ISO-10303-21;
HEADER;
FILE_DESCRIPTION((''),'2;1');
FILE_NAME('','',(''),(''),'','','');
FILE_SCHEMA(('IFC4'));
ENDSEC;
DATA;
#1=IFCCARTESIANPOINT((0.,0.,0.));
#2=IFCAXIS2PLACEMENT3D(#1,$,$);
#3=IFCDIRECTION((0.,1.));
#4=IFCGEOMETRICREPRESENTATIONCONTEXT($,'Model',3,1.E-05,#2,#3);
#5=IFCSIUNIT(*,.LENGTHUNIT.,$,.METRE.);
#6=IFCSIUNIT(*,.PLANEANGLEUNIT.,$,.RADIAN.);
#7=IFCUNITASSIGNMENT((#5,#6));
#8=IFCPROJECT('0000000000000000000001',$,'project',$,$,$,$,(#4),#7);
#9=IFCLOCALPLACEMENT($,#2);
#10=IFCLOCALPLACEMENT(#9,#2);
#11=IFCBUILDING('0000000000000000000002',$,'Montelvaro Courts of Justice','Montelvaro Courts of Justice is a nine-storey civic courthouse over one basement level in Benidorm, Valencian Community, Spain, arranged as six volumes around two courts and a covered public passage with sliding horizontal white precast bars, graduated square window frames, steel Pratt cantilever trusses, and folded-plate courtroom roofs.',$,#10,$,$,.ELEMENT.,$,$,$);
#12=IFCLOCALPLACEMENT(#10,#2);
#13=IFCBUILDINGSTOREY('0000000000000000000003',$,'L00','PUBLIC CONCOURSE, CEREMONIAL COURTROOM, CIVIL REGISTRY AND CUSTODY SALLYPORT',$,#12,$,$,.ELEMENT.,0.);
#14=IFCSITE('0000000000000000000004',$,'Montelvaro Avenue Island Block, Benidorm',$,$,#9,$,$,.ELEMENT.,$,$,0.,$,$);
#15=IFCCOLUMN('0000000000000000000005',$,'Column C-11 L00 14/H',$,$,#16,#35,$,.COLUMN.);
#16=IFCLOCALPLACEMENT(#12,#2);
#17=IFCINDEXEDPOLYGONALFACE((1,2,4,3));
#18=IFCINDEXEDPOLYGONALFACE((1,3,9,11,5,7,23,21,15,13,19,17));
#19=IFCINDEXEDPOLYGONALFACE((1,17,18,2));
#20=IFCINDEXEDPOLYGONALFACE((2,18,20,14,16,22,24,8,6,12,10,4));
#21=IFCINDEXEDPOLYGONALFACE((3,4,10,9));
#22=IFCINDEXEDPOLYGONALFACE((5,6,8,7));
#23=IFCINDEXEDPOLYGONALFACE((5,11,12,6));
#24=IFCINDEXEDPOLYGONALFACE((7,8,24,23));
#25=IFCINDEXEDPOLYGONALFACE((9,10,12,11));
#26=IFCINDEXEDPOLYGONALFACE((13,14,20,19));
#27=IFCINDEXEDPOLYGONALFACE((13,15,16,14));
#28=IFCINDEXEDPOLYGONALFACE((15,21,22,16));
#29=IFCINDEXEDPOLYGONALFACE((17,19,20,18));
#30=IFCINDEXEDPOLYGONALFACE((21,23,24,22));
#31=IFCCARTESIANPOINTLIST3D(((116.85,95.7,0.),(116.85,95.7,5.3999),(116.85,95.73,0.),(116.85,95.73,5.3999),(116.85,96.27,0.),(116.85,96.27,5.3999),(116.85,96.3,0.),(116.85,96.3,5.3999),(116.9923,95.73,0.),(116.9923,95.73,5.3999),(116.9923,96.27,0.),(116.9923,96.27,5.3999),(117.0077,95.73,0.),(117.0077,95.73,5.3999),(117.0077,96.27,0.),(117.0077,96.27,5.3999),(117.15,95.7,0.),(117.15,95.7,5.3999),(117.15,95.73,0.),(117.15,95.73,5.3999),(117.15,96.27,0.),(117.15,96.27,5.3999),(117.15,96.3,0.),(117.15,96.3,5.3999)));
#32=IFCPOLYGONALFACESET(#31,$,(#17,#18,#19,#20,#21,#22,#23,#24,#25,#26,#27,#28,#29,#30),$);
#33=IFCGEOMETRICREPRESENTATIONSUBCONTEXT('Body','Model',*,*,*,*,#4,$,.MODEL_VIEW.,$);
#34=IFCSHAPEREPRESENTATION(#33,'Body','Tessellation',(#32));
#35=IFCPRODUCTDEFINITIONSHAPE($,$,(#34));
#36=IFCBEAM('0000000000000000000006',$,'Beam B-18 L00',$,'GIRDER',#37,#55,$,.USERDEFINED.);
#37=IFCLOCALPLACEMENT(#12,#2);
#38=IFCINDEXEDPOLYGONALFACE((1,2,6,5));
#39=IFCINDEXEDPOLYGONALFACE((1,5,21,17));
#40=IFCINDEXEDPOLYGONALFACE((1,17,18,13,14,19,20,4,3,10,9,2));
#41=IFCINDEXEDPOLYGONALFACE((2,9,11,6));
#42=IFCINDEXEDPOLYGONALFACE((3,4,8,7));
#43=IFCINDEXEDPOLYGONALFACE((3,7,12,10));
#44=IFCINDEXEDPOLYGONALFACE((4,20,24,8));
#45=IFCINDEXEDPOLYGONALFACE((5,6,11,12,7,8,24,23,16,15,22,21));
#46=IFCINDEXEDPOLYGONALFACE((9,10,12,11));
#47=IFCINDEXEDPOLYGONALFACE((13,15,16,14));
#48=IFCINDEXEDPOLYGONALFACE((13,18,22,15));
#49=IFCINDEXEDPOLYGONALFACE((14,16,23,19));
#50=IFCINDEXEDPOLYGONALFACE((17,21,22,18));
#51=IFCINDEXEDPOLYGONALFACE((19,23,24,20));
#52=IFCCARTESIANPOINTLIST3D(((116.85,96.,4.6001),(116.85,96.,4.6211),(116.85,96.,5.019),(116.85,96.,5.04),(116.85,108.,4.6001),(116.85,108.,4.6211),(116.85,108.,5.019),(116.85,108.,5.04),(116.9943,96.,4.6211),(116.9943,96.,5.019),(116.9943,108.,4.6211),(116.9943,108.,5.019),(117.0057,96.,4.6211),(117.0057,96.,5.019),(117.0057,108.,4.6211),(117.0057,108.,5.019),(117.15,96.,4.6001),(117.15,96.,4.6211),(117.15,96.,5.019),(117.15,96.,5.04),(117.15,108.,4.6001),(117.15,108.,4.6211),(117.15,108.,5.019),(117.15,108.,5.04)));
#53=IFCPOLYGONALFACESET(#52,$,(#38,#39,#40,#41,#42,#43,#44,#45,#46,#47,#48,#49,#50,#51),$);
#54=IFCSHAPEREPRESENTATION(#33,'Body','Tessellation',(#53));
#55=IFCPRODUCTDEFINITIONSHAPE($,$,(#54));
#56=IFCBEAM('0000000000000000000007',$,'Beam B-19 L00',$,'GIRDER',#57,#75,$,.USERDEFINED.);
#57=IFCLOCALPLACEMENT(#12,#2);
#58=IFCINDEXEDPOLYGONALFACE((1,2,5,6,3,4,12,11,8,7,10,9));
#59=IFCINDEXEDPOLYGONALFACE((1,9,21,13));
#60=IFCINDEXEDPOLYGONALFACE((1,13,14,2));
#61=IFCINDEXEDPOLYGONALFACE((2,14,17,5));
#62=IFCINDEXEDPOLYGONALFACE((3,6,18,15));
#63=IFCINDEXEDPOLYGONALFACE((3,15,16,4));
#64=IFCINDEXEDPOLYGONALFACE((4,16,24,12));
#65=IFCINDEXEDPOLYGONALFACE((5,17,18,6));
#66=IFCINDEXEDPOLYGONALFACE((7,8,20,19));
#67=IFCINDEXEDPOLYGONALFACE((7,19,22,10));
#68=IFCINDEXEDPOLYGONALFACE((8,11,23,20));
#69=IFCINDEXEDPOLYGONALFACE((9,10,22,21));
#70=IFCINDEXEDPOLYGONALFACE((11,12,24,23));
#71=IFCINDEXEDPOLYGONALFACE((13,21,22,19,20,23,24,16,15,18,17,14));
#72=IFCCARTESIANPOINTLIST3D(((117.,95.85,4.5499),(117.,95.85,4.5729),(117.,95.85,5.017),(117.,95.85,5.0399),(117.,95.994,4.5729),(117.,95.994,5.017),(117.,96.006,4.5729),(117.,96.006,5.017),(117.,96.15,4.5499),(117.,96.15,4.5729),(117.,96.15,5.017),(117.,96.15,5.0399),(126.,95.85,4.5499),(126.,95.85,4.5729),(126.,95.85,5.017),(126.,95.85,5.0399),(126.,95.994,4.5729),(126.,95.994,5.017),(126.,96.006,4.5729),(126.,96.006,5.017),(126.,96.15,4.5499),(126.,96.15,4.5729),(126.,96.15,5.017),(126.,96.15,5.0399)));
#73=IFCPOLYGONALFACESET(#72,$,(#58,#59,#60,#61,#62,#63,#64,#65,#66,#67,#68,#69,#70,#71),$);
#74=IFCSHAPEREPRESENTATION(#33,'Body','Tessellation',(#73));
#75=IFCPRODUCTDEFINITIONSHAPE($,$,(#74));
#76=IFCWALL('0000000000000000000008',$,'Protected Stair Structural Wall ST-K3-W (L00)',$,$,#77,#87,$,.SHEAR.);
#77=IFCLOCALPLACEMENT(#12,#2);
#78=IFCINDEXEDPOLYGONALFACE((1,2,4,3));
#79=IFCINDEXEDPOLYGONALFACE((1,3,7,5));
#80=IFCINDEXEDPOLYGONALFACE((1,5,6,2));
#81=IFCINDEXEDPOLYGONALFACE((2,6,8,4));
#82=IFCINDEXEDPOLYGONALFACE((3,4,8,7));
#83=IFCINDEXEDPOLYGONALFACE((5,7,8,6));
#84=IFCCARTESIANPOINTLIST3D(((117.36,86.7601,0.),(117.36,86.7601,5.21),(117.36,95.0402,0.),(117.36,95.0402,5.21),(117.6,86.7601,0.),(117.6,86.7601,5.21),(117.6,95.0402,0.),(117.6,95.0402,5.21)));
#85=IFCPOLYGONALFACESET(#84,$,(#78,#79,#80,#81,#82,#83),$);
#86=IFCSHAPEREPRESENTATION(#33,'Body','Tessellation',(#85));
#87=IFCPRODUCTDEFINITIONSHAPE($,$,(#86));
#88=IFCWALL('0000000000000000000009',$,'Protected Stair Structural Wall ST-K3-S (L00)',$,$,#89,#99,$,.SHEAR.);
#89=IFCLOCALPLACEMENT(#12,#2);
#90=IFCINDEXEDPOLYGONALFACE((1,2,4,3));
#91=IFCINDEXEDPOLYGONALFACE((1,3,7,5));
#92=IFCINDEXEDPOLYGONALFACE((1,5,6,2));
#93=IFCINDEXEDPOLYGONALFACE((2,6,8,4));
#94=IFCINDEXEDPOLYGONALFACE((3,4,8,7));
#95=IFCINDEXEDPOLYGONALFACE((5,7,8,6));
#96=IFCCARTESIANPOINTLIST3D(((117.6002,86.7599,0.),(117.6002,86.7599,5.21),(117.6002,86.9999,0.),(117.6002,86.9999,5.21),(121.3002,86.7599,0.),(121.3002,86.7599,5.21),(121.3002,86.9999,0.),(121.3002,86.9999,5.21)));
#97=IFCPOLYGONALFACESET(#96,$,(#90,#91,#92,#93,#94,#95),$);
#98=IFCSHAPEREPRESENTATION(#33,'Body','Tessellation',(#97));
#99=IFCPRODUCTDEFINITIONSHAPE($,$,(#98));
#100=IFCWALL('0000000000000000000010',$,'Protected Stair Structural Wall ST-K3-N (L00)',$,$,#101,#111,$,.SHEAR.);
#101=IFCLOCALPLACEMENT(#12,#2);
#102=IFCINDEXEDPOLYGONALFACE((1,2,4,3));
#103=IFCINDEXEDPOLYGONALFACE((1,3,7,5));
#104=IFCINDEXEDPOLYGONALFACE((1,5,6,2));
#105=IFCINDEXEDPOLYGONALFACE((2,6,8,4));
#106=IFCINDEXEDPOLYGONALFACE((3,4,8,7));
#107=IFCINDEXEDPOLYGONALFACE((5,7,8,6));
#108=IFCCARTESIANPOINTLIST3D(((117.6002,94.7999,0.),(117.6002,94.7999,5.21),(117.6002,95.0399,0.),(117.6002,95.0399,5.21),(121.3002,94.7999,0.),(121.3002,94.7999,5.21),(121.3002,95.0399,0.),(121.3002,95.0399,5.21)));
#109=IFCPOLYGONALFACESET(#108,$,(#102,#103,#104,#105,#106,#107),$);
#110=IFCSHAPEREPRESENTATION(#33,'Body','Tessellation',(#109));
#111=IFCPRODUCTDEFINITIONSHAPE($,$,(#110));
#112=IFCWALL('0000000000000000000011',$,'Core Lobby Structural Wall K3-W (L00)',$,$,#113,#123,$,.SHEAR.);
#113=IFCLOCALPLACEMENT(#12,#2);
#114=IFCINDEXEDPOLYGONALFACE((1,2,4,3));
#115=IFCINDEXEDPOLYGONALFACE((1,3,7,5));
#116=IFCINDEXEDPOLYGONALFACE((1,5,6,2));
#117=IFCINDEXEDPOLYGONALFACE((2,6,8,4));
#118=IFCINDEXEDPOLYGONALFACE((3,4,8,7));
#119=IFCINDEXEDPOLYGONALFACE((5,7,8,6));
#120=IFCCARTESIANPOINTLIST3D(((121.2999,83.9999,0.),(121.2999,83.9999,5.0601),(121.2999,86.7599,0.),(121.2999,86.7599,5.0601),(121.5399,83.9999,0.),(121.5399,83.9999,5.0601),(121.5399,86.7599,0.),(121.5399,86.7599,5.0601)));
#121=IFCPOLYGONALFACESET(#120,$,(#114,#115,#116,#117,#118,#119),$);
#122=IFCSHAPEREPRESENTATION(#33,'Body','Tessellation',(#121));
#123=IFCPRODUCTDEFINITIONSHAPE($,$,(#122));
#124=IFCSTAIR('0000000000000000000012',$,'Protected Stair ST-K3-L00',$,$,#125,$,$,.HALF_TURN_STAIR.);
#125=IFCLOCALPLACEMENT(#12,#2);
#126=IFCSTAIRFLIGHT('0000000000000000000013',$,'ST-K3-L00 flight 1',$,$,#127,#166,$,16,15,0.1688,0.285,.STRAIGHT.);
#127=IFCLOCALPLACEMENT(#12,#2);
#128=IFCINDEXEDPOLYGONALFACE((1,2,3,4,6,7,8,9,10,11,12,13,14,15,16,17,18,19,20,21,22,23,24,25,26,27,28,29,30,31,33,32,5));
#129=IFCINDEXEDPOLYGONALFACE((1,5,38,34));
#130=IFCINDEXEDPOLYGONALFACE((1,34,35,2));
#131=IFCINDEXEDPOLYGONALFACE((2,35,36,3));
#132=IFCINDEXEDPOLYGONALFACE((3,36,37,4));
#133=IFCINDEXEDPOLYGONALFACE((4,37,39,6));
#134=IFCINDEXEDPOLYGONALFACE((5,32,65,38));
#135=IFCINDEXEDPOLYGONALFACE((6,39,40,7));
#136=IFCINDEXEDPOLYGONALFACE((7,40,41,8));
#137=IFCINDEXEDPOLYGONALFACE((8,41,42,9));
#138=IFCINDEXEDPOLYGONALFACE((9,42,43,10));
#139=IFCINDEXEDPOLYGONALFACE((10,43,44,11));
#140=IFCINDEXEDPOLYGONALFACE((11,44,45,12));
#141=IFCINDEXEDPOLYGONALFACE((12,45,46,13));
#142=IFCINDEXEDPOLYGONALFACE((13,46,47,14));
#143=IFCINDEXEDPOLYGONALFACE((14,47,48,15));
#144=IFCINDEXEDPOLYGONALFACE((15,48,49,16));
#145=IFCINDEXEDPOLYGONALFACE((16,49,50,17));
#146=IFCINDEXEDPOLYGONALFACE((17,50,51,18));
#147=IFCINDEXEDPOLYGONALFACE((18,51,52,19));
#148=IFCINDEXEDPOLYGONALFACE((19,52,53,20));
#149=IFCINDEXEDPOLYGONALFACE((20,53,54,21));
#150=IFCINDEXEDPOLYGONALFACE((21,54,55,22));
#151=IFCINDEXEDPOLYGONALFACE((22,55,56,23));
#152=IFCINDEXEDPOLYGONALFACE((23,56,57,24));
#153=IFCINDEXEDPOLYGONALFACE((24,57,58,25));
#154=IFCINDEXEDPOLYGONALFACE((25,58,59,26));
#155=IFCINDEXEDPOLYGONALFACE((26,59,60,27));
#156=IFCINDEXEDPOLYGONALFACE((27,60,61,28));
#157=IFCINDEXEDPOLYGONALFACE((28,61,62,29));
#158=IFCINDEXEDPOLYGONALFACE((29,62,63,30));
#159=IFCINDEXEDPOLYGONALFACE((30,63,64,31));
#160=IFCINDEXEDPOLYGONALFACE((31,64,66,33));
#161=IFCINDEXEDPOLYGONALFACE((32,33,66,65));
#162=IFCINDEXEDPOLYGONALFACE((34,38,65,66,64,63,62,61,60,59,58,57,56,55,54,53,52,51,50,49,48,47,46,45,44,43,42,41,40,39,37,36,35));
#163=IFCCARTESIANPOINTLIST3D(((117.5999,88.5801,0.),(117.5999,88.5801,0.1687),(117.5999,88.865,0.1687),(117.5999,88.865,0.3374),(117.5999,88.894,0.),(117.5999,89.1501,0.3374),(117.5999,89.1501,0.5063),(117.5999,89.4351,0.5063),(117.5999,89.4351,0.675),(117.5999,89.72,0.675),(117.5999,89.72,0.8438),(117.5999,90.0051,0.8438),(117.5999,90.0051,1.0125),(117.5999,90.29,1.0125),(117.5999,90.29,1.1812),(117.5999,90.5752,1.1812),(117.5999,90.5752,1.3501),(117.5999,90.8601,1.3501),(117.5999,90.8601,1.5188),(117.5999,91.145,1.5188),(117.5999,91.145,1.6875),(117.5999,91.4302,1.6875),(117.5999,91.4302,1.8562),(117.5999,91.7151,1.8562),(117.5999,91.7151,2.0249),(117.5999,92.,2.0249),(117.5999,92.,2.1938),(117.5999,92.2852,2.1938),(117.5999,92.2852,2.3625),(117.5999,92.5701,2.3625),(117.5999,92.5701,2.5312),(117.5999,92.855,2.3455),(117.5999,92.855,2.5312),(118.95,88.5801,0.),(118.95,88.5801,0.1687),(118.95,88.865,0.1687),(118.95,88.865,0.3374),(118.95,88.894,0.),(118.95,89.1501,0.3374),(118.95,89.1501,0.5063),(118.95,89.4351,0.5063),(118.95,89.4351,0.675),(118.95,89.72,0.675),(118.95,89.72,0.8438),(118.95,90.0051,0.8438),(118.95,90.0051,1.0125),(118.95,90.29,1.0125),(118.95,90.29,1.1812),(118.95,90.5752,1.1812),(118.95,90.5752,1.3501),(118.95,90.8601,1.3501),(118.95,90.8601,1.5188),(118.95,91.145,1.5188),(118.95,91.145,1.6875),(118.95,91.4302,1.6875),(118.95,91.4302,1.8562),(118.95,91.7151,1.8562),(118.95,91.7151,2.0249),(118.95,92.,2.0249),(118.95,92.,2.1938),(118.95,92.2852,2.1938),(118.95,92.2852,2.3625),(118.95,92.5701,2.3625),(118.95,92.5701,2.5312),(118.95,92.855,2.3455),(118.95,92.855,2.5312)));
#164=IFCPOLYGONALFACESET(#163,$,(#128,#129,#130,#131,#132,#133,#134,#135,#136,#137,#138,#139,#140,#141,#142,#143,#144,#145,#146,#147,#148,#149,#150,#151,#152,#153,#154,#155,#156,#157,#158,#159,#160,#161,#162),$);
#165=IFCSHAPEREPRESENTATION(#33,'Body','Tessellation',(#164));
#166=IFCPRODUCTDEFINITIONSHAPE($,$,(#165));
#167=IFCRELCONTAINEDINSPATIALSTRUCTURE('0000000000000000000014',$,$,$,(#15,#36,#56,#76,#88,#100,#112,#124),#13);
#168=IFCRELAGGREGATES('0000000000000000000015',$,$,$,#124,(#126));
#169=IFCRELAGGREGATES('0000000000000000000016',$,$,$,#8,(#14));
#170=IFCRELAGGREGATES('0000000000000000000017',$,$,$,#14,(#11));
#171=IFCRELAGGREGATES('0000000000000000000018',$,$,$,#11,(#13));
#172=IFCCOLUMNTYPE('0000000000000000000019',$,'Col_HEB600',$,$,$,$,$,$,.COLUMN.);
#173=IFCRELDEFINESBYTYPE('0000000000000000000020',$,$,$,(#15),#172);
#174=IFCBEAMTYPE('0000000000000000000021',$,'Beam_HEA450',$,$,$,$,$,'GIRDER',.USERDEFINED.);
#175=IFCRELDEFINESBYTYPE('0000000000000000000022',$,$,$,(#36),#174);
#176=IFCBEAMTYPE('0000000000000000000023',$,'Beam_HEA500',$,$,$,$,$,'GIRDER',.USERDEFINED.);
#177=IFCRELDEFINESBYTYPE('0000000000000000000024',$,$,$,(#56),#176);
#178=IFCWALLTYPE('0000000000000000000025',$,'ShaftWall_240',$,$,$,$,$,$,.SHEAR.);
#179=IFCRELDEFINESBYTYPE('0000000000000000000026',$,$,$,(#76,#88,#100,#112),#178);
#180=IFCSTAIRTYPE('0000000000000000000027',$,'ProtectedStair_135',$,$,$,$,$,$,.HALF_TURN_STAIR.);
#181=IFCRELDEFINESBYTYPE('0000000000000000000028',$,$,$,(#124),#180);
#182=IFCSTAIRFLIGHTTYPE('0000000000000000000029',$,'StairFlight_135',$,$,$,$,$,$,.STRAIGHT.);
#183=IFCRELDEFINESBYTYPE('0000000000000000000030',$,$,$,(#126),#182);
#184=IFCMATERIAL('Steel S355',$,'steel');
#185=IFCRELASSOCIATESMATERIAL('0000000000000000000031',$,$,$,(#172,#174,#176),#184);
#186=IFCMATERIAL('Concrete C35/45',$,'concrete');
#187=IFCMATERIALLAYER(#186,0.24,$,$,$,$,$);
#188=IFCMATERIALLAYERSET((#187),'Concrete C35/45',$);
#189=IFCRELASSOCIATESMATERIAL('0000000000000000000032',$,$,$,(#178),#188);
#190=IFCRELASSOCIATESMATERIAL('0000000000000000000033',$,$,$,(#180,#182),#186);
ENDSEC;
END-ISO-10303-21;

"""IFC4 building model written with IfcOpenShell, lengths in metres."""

from ifc_helpers import new_model, si_unit, direction, frame, frame_2d, origin, origin_2d, place, context, subcontext, project, spatial, polyline, rectangle, i_section, outline, extrude, material, layer, layer_set, material_profile, profile_set, type_object, element, aggregate, save


model = new_model("IFC4")

# Units and contexts
model_context = context("Model", 3, precision=1e-05, world=origin(), true_north=direction((0.0, 1.0)))
body_context = subcontext(model_context, "Body", "Model", "MODEL_VIEW")
ifc_project = project(units=[si_unit("LENGTHUNIT", "METRE"), si_unit("PLANEANGLEUNIT", "RADIAN")], contexts=[model_context])

# Site, building, storey
site_placement = place(None, origin())
site = spatial("IfcSite", under=ifc_project, at=site_placement, Name="Montelvaro Avenue Island Block, Benidorm", CompositionType="ELEMENT", RefElevation=0.0)
building_placement = place(site_placement, origin())
building = spatial("IfcBuilding", under=site, at=building_placement, Name="Montelvaro Courts of Justice", Description="Montelvaro Courts of Justice is a nine-storey civic courthouse over one basement level in Benidorm, Valencian Community, Spain, arranged as six volumes around two courts and a covered public passage with sliding horizontal white precast bars, graduated square window frames, steel Pratt cantilever trusses, and folded-plate courtroom roofs.", CompositionType="ELEMENT")
storey_placement = place(building_placement, origin())
storey = spatial("IfcBuildingStorey", under=building, at=storey_placement, Name="L00", Description="PUBLIC CONCOURSE, CEREMONIAL COURTROOM, CIVIL REGISTRY AND CUSTODY SALLYPORT", CompositionType="ELEMENT", Elevation=0.0)

# Column
ifc_material_1 = material(Name="Steel S355", Category="steel")
ifc_material_profile_1 = material_profile(ifc_material_1, i_section(OverallWidth=0.3, OverallDepth=0.6001, WebThickness=0.0154, FlangeThickness=0.03, at=origin_2d()), Name="HEB 600")
ifc_profile_set_1 = profile_set([ifc_material_profile_1], Name="Steel S355")
column_type = type_object("IfcColumnType", Name="Col_HEB600", PredefinedType="COLUMN", material=ifc_profile_set_1)
column_placement = place(storey_placement, frame((117.0, 96.0, 0.0), z_axis=(0.0, 0.0, 1.0), x_axis=(1.0, 0.0, 0.0)))
element("IfcColumn", 1, at=column_placement, inside=storey, type_object=column_type, Name="Column C-11 L00 14/H", PredefinedType="COLUMN", context=body_context, shape_type="SweptSolid", body=[
    extrude(i_section(OverallWidth=0.3, OverallDepth=0.6001, WebThickness=0.0154, FlangeThickness=0.03, at=origin_2d()), origin(), (0.0, 0.0, 1.0), 5.3999),
])

# Beams
ifc_material_profile_2 = material_profile(ifc_material_1, i_section(OverallWidth=0.3, OverallDepth=0.4399, WebThickness=0.0115, FlangeThickness=0.021, at=origin_2d()), Name="HEA 450")
ifc_profile_set_2 = profile_set([ifc_material_profile_2], Name="Steel S355")
beam_type_1 = type_object("IfcBeamType", Name="Beam_HEA450", ElementType="GIRDER", PredefinedType="USERDEFINED", material=ifc_profile_set_2)
beam_1_placement = place(storey_placement, frame((117.0, 96.0, 4.8201), z_axis=(0.0, 1.0, 0.0), x_axis=(-1.0, 0.0, 0.0)))
element("IfcBeam", 2, at=beam_1_placement, inside=storey, type_object=beam_type_1, Name="Beam B-18 L00", ObjectType="GIRDER", PredefinedType="USERDEFINED", context=body_context, shape_type="SweptSolid", body=[
    extrude(i_section(OverallWidth=0.3, OverallDepth=0.4399, WebThickness=0.0115, FlangeThickness=0.021, at=origin_2d()), origin(), (0.0, 0.0, 1.0), 12.0),
])
ifc_material_profile_3 = material_profile(ifc_material_1, i_section(OverallWidth=0.3, OverallDepth=0.49, WebThickness=0.012, FlangeThickness=0.0229, at=origin_2d()), Name="HEA 500")
ifc_profile_set_3 = profile_set([ifc_material_profile_3], Name="Steel S355")
beam_type_2 = type_object("IfcBeamType", Name="Beam_HEA500", ElementType="GIRDER", PredefinedType="USERDEFINED", material=ifc_profile_set_3)
beam_2_placement = place(storey_placement, frame((117.0, 96.0, 4.7949), z_axis=(1.0, 0.0, 0.0), x_axis=(0.0, 1.0, 0.0)))
element("IfcBeam", 3, at=beam_2_placement, inside=storey, type_object=beam_type_2, Name="Beam B-19 L00", ObjectType="GIRDER", PredefinedType="USERDEFINED", context=body_context, shape_type="SweptSolid", body=[
    extrude(i_section(OverallWidth=0.3, OverallDepth=0.49, WebThickness=0.012, FlangeThickness=0.0229, at=origin_2d()), origin(), (0.0, 0.0, 1.0), 9.0),
])

# Walls
ifc_material_2 = material(Name="Concrete C35/45", Category="concrete")
ifc_layer = layer(ifc_material_2, 0.24)
ifc_layer_set = layer_set([ifc_layer], Name="Concrete C35/45")
wall_type = type_object("IfcWallType", Name="ShaftWall_240", PredefinedType="SHEAR", material=ifc_layer_set)
wall_1_placement = place(storey_placement, frame((117.48, 86.76, 0.0), z_axis=(0.0, 0.0, 1.0), x_axis=(0.0, 1.0, 0.0)))
element("IfcWall", 4, at=wall_1_placement, inside=storey, type_object=wall_type, Name="Protected Stair Structural Wall ST-K3-W (L00)", PredefinedType="SHEAR", context=body_context, shape_type="SweptSolid", body=[
    extrude(rectangle(XDim=8.28, YDim=0.24, at=frame_2d((4.1401, 0.0))), origin(), (0.0, 0.0, 1.0), 5.21),
])
for number, where, z_axis, x_axis, name in (
    (5, (117.6001, 86.8799, 0.0), (0.0, 0.0, 1.0), (1.0, 0.0, 0.0), "Protected Stair Structural Wall ST-K3-S (L00)"),
    (6, (117.6001, 94.9199, 0.0), (0.0, 0.0, 1.0), (1.0, 0.0, 0.0), "Protected Stair Structural Wall ST-K3-N (L00)"),
):
    element("IfcWall", number, at=place(storey_placement, frame(where, z_axis=z_axis, x_axis=x_axis)), inside=storey, type_object=wall_type, Name=name, PredefinedType="SHEAR", context=body_context, shape_type="SweptSolid", body=[
        extrude(rectangle(XDim=3.7, YDim=0.24, at=frame_2d((1.8501, 0.0))), origin(), (0.0, 0.0, 1.0), 5.21),
    ])
wall_2_placement = place(storey_placement, frame((121.4199, 84.0, 0.0), z_axis=(0.0, 0.0, 1.0), x_axis=(0.0, 1.0, 0.0)))
element("IfcWall", 7, at=wall_2_placement, inside=storey, type_object=wall_type, Name="Core Lobby Structural Wall K3-W (L00)", PredefinedType="SHEAR", context=body_context, shape_type="SweptSolid", body=[
    extrude(rectangle(XDim=2.76, YDim=0.24, at=frame_2d((1.3799, 0.0))), origin(), (0.0, 0.0, 1.0), 5.0601),
])

# Stair, stair flight
stair_type = type_object("IfcStairType", Name="ProtectedStair_135", PredefinedType="HALF_TURN_STAIR", material=ifc_material_2)
stair_placement = place(storey_placement, origin())
stair = element("IfcStair", 8, at=stair_placement, inside=storey, type_object=stair_type, Name="Protected Stair ST-K3-L00", PredefinedType="HALF_TURN_STAIR")
stair_flight_type = type_object("IfcStairFlightType", Name="StairFlight_135", PredefinedType="STRAIGHT", material=ifc_material_2)
stair_flight_1_placement = place(storey_placement, frame((118.2749, 88.5801, 0.0), z_axis=(0.0, 0.0, 1.0), x_axis=(0.0, 1.0, 0.0)))
stair_flight_1 = element("IfcStairFlight", 9, at=stair_flight_1_placement, type_object=stair_flight_type, Name="ST-K3-L00 flight 1", NumberOfRisers=16, NumberOfTreads=15, PredefinedType="STRAIGHT", RiserHeight=0.1688, TreadLength=0.285, context=body_context, shape_type="SweptSolid", body=[
    extrude(outline(polyline([(0.0, 0.0), (0.0, 0.1687), (0.2849, 0.1687), (0.2849, 0.3374), (0.5701, 0.3374), (0.5701, 0.5063), (0.855, 0.5063), (0.855, 0.675), (1.1399, 0.675), (1.1399, 0.8438), (1.425, 0.8438), (1.425, 1.0125), (1.71, 1.0125), (1.71, 1.1812), (1.9951, 1.1812), (1.9951, 1.3501), (2.28, 1.3501), (2.28, 1.5188), (2.5649, 1.5188), (2.5649, 1.6875), (2.8501, 1.6875), (2.8501, 1.8562), (3.135, 1.8562), (3.135, 2.0249), (3.4199, 2.0249), (3.4199, 2.1938), (3.7051, 2.1938), (3.7051, 2.3625), (3.99, 2.3625), (3.99, 2.5312), (4.2749, 2.5312), (4.2749, 2.7), (4.2749, 2.3455), (0.314, 0.0), (0.0, 0.0)])), frame((0.0, 0.675, 0.0), z_axis=(0.0, -1.0, 0.0), x_axis=(1.0, 0.0, 0.0)), (0.0, 0.0, 1.0), 1.3501),
])
aggregate(stair, [stair_flight_1])

save(model, "model.ifc")
